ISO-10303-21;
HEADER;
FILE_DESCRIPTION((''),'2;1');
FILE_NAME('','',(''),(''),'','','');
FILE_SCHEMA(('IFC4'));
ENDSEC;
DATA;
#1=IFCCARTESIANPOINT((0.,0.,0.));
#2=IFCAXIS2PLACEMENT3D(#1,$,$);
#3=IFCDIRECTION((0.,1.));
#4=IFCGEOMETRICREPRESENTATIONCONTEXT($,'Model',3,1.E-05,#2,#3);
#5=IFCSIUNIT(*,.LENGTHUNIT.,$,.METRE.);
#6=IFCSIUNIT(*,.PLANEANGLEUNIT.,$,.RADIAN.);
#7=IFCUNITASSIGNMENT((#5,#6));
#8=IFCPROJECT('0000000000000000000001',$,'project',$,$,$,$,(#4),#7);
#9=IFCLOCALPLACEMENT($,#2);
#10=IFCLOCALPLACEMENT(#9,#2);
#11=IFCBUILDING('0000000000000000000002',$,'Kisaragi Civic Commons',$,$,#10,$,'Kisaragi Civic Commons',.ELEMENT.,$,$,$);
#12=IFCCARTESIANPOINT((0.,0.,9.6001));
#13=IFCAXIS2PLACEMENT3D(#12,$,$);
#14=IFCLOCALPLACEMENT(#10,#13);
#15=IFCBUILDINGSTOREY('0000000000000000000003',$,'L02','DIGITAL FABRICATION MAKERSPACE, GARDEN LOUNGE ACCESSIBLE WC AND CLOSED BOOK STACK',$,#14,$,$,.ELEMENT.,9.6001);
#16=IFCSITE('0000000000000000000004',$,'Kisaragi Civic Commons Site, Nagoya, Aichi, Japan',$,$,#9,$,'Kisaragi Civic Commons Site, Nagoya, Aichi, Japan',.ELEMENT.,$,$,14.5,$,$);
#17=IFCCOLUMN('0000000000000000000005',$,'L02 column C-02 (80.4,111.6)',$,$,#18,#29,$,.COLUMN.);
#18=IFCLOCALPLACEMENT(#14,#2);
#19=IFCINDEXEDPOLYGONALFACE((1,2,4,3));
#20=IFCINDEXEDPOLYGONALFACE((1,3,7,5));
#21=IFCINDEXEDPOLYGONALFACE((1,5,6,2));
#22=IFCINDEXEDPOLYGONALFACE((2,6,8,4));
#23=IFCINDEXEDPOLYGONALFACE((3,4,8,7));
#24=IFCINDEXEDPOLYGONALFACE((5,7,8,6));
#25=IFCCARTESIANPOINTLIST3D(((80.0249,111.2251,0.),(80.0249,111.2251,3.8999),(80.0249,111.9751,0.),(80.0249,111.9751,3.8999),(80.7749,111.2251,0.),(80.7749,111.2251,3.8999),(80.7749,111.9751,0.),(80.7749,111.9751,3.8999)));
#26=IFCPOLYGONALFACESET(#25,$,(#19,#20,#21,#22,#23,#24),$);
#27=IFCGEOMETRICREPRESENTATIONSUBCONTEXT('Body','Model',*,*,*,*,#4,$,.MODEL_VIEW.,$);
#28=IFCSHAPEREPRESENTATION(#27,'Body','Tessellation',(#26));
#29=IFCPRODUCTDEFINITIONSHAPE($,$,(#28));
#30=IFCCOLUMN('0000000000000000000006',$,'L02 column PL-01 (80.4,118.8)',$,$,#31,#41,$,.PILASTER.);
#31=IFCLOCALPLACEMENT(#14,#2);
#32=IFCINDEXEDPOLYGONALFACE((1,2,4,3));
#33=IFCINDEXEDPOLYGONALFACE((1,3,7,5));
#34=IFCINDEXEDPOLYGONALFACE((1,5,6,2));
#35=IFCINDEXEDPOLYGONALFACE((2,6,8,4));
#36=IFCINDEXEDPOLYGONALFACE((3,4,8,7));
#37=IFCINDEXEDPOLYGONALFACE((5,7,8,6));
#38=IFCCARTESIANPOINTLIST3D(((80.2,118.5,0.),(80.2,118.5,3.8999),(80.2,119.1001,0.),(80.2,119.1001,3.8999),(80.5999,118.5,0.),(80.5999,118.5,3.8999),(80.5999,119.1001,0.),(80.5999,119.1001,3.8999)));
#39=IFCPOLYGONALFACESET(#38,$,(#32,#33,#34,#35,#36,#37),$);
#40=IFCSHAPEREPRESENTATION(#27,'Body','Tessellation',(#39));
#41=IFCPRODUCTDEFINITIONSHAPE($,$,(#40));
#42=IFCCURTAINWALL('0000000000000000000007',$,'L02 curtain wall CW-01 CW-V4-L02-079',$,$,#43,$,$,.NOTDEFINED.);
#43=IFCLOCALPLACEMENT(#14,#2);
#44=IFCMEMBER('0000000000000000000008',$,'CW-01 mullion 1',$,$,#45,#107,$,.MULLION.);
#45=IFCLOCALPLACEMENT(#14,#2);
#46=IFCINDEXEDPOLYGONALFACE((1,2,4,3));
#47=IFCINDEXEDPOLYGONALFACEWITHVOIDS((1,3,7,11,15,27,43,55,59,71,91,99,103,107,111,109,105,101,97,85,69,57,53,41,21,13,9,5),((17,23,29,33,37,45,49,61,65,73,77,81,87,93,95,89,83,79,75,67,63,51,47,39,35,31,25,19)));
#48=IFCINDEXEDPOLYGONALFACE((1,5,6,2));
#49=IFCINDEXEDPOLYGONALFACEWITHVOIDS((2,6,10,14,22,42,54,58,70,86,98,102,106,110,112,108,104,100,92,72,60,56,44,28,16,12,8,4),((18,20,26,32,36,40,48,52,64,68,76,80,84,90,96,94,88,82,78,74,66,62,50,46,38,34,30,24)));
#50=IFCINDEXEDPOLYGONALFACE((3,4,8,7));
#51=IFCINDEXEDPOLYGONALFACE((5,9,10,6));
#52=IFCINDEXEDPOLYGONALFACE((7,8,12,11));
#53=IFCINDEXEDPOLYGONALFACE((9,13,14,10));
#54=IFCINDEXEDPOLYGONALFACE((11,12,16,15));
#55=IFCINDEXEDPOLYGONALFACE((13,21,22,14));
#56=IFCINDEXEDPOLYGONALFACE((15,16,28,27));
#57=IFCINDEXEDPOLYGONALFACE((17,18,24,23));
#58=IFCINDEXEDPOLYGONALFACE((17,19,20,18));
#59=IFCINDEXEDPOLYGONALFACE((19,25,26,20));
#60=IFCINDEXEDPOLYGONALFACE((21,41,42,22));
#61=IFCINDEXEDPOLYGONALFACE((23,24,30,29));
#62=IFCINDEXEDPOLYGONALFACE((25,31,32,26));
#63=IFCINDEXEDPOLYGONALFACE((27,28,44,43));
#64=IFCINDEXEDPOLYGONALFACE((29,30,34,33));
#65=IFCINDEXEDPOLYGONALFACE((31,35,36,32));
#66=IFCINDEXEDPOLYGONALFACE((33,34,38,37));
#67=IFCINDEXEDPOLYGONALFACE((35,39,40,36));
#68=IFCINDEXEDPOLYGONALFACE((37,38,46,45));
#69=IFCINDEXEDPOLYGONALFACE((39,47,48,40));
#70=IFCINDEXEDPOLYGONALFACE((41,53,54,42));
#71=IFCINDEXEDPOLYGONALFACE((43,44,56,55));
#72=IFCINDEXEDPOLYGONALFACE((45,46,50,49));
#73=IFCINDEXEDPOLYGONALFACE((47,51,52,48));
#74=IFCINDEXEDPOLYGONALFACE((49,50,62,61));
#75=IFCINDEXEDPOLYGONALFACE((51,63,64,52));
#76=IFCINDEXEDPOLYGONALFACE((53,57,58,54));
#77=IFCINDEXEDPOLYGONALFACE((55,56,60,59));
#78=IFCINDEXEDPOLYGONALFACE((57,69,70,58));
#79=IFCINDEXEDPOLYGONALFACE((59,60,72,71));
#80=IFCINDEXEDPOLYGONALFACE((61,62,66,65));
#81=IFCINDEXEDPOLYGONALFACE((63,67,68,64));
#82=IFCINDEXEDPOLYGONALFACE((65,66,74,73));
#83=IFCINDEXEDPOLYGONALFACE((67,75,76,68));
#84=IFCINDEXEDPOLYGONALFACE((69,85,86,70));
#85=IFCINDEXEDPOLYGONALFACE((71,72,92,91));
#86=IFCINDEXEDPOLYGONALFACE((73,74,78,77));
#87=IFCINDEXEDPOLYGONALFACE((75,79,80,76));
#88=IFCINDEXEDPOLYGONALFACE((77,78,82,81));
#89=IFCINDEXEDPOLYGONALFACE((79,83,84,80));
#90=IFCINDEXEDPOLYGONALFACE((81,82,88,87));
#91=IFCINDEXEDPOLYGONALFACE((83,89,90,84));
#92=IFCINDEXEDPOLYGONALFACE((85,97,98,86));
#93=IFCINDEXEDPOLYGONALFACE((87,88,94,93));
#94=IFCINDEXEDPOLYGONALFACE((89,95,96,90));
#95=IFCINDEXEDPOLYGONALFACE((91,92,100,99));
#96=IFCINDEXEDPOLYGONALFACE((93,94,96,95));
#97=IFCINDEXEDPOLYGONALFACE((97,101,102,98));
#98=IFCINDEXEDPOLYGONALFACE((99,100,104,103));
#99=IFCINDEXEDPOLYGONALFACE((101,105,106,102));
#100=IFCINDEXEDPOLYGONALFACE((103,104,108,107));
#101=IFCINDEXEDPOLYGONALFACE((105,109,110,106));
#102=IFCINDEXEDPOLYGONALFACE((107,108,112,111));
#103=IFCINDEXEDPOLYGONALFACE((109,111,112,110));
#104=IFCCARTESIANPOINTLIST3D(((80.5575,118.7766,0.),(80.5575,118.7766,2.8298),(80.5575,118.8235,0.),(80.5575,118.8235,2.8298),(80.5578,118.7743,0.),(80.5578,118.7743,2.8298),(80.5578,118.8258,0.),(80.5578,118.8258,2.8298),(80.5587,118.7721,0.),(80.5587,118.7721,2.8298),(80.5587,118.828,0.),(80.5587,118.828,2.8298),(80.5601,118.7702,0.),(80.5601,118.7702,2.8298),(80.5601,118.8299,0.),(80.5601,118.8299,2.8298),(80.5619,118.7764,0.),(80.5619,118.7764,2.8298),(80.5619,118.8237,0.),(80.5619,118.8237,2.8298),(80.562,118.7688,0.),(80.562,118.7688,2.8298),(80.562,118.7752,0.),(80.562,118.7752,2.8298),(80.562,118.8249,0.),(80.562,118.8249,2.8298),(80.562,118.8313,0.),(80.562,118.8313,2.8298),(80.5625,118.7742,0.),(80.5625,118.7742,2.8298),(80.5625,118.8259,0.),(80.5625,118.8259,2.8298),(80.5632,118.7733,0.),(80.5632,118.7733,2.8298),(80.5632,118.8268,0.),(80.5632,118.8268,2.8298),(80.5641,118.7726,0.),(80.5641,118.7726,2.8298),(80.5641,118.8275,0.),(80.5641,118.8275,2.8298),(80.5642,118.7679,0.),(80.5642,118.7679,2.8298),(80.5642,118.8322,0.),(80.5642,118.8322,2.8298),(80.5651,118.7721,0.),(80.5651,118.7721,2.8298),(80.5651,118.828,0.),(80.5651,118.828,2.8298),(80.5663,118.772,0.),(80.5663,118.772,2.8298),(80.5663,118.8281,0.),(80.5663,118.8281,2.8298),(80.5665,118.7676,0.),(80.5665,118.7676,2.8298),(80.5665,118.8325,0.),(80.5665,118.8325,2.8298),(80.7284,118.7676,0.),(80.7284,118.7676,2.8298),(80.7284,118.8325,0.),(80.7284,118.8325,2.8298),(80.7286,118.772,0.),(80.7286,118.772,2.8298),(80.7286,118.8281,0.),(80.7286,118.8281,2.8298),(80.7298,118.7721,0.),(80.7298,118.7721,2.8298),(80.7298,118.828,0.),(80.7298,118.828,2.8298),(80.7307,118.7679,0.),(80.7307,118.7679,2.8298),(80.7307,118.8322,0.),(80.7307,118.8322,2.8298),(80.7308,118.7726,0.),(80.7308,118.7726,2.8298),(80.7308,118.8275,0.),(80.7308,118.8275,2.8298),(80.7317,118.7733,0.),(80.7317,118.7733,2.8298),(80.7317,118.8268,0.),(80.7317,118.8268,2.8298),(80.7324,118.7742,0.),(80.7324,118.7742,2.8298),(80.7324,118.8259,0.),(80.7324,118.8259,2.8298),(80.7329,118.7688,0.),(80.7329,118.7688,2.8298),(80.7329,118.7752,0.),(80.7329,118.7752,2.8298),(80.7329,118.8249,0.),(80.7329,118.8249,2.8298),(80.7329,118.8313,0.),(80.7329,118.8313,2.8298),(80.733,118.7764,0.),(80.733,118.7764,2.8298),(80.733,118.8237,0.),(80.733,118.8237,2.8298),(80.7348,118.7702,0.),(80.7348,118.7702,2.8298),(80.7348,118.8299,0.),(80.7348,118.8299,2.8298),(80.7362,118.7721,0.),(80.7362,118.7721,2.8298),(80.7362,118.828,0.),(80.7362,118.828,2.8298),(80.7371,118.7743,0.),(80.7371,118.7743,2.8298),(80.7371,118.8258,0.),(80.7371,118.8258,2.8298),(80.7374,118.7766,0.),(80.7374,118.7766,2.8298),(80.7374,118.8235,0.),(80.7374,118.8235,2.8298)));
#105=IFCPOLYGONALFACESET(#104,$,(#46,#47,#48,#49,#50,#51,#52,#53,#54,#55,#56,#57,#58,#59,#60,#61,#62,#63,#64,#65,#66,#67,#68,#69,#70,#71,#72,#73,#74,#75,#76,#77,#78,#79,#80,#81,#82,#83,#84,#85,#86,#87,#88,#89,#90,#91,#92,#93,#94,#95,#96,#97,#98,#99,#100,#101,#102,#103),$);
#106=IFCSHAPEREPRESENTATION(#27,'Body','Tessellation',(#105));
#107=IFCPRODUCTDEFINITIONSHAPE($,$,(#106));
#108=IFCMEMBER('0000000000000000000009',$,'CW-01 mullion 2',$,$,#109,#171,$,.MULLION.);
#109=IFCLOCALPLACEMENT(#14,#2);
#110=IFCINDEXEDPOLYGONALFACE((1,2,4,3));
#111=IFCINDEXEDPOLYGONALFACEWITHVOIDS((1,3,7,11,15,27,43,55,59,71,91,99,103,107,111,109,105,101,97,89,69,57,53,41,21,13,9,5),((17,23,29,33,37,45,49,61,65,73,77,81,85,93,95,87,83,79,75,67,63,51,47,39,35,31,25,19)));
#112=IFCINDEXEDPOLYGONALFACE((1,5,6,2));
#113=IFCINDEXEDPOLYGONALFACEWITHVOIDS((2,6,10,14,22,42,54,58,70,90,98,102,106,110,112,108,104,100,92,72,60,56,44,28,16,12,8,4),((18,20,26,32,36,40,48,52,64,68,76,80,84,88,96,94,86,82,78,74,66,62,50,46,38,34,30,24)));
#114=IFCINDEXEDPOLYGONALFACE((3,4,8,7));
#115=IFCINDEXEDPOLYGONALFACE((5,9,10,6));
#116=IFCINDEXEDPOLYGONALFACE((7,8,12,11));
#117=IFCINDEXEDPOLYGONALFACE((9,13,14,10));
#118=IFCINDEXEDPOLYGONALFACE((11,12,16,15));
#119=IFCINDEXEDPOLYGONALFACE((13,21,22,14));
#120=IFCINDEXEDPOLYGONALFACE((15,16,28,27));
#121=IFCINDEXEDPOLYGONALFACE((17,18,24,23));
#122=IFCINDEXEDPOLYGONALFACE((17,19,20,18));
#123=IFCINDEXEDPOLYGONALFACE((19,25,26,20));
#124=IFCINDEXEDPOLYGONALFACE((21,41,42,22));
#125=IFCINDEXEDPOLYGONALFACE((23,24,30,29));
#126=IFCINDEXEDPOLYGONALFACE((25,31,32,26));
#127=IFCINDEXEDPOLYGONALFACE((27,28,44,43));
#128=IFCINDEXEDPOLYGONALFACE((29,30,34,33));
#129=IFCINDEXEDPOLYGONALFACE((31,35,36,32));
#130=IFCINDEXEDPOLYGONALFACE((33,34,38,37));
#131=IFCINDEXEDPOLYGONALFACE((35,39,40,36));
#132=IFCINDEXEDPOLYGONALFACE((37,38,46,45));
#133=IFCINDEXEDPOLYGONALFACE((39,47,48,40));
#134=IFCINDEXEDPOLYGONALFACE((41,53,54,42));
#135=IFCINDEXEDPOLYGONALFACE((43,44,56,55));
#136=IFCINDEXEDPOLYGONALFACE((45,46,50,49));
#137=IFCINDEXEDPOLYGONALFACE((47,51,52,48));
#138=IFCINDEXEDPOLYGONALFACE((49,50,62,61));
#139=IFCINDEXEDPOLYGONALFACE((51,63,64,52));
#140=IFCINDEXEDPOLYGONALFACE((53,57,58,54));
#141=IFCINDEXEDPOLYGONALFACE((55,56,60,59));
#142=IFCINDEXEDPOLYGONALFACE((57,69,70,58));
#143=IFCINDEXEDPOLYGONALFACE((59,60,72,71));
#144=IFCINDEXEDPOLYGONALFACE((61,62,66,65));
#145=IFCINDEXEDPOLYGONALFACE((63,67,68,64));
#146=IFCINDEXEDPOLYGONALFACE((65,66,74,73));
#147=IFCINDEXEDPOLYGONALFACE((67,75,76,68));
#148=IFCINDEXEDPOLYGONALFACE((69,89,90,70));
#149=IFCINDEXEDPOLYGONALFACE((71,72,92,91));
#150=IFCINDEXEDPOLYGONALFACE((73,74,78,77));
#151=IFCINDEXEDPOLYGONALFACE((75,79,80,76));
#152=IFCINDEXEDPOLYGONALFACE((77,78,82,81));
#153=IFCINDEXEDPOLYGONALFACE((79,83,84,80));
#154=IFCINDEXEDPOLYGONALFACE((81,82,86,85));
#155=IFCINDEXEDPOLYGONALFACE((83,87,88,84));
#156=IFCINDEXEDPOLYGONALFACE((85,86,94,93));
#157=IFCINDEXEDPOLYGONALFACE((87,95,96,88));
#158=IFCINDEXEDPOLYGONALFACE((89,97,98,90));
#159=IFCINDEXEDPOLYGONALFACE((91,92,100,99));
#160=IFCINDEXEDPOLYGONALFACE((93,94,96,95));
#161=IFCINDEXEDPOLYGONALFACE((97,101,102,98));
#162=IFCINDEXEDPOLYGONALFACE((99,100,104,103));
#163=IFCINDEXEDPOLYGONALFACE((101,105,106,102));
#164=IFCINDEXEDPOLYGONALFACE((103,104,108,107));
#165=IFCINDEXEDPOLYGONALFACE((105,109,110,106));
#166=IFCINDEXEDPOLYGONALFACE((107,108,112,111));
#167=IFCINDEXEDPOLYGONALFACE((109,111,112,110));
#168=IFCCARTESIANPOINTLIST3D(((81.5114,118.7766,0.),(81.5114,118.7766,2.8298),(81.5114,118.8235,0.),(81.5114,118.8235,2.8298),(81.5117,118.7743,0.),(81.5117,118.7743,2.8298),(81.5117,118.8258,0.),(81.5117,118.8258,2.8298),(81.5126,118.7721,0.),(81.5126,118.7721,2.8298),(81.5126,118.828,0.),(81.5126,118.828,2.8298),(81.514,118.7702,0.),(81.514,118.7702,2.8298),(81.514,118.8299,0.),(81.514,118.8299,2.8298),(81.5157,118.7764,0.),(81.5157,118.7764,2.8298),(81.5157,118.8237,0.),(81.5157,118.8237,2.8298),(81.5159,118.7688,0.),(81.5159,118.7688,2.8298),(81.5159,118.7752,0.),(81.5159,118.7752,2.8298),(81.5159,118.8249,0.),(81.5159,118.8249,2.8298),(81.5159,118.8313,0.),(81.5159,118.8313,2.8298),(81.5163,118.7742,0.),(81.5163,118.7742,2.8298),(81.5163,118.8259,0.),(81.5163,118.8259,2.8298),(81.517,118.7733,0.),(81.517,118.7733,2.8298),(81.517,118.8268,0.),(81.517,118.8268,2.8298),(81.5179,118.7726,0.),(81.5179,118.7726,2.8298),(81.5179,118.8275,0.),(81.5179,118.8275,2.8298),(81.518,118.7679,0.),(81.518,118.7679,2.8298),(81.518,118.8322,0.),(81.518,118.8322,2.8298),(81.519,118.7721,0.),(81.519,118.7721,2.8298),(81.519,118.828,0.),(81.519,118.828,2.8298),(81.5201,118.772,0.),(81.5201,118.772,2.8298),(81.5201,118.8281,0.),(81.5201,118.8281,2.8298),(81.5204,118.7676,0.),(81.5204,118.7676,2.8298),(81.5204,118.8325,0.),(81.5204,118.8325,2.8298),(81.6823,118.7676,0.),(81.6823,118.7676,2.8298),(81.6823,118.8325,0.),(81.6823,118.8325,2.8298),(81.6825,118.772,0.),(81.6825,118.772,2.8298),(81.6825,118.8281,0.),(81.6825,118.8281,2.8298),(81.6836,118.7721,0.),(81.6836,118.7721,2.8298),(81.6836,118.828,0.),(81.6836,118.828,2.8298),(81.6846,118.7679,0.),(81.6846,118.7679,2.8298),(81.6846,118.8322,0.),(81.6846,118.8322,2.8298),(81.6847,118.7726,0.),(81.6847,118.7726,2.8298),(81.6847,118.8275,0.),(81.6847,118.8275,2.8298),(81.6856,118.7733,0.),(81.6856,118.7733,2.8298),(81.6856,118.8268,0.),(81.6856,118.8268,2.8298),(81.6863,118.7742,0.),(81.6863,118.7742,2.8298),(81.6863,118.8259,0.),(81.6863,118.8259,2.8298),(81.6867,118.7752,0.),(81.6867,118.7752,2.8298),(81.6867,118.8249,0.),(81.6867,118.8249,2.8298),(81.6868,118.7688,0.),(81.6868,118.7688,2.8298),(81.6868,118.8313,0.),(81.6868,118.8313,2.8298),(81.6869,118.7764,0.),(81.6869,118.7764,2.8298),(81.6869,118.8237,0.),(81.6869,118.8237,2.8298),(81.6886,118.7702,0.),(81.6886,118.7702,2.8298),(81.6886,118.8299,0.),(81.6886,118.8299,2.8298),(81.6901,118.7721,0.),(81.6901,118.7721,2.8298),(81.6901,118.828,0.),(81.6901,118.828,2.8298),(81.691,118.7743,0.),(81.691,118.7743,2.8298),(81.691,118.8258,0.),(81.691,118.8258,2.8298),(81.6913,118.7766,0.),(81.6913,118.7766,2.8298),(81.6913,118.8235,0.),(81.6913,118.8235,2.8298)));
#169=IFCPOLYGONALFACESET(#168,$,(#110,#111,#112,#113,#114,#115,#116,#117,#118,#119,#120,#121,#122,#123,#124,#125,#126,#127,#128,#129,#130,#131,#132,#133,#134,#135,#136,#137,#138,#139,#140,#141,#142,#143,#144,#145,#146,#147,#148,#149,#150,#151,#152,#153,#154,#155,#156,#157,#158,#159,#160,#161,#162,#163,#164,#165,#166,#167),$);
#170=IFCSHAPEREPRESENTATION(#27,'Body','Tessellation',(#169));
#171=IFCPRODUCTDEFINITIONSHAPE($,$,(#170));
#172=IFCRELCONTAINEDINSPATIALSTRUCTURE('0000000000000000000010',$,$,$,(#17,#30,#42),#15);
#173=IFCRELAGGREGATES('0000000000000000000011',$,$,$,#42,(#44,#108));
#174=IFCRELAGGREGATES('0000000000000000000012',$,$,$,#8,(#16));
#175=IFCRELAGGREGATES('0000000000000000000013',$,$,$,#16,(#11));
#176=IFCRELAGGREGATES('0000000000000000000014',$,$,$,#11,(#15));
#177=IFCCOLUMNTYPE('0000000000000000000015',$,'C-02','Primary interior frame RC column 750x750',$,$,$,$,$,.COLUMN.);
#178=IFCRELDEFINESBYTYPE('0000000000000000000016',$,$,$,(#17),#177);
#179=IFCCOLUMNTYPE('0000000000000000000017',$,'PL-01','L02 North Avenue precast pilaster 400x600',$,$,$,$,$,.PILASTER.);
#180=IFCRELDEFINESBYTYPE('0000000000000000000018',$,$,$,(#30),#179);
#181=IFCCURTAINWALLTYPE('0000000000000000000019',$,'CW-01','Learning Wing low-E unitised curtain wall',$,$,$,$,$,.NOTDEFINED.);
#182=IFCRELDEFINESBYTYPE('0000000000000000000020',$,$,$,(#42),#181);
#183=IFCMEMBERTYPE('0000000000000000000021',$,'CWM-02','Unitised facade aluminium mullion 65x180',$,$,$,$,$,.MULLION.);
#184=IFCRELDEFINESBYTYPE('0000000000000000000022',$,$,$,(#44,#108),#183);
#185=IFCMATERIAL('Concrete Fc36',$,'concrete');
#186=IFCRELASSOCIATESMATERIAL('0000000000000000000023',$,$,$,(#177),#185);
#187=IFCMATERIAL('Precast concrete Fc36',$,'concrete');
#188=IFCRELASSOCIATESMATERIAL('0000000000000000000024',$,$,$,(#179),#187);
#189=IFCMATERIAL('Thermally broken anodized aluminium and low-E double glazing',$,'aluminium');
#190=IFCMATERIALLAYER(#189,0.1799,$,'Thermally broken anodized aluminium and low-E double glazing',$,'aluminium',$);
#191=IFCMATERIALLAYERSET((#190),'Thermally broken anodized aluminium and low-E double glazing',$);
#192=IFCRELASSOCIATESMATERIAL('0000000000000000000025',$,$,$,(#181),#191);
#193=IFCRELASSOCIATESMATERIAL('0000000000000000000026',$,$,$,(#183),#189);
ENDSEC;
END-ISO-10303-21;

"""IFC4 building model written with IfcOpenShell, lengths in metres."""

from ifc_helpers import new_model, si_unit, direction, frame, origin, origin_2d, place, context, subcontext, project, spatial, rectangle, hollow_rectangle, extrude, material, layer, layer_set, material_profile, profile_set, type_object, element, aggregate, save


model = new_model("IFC4")

# Units and contexts
model_context = context("Model", 3, precision=1e-05, world=origin(), true_north=direction((0.0, 1.0)))
body_context = subcontext(model_context, "Body", "Model", "MODEL_VIEW")
ifc_project = project(units=[si_unit("LENGTHUNIT", "METRE"), si_unit("PLANEANGLEUNIT", "RADIAN")], contexts=[model_context])

# Site, building, storey
site_placement = place(None, origin())
site = spatial("IfcSite", under=ifc_project, at=site_placement, Name="Kisaragi Civic Commons Site, Nagoya, Aichi, Japan", LongName="Kisaragi Civic Commons Site, Nagoya, Aichi, Japan", CompositionType="ELEMENT", RefElevation=14.5)
building_placement = place(site_placement, origin())
building = spatial("IfcBuilding", under=site, at=building_placement, Name="Kisaragi Civic Commons", LongName="Kisaragi Civic Commons", CompositionType="ELEMENT")
storey_placement = place(building_placement, frame((0.0, 0.0, 9.6001)))
storey = spatial("IfcBuildingStorey", under=building, at=storey_placement, Name="L02", Description="DIGITAL FABRICATION MAKERSPACE, GARDEN LOUNGE ACCESSIBLE WC AND CLOSED BOOK STACK", CompositionType="ELEMENT", Elevation=9.6001)

# Columns
ifc_material_1 = material(Name="Concrete Fc36", Category="concrete")
ifc_material_profile_1 = material_profile(ifc_material_1, rectangle(XDim=0.75, YDim=0.75, at=origin_2d()), Name="RC-750x750", Category="concrete")
ifc_profile_set_1 = profile_set([ifc_material_profile_1], Name="Concrete Fc36")
column_type_1 = type_object("IfcColumnType", Name="C-02", Description="Primary interior frame RC column 750x750", PredefinedType="COLUMN", material=ifc_profile_set_1)
column_1_placement = place(storey_placement, frame((80.3999, 111.6001, 0.0), z_axis=(0.0, 0.0, 1.0), x_axis=(1.0, 0.0, 0.0)))
element("IfcColumn", 1, at=column_1_placement, inside=storey, type_object=column_type_1, Name="L02 column C-02 (80.4,111.6)", PredefinedType="COLUMN", context=body_context, shape_type="SweptSolid", body=[
    extrude(rectangle(XDim=0.75, YDim=0.75, at=origin_2d()), origin(), (0.0, 0.0, 1.0), 3.8999),
])
ifc_material_2 = material(Name="Precast concrete Fc36", Category="concrete")
ifc_material_profile_2 = material_profile(ifc_material_2, rectangle(XDim=0.3999, YDim=0.6001, at=origin_2d()), Name="RC-400x600", Category="concrete")
ifc_profile_set_2 = profile_set([ifc_material_profile_2], Name="Precast concrete Fc36")
column_type_2 = type_object("IfcColumnType", Name="PL-01", Description="L02 North Avenue precast pilaster 400x600", PredefinedType="PILASTER", material=ifc_profile_set_2)
column_2_placement = place(storey_placement, frame((80.3999, 118.8, 0.0), z_axis=(0.0, 0.0, 1.0), x_axis=(1.0, 0.0, 0.0)))
element("IfcColumn", 2, at=column_2_placement, inside=storey, type_object=column_type_2, Name="L02 column PL-01 (80.4,118.8)", PredefinedType="PILASTER", context=body_context, shape_type="SweptSolid", body=[
    extrude(rectangle(XDim=0.3999, YDim=0.6001, at=origin_2d()), origin(), (0.0, 0.0, 1.0), 3.8999),
])

# Curtain wall, members
ifc_material_3 = material(Name="Thermally broken anodized aluminium and low-E double glazing", Category="aluminium")
ifc_layer_1 = layer(ifc_material_3, 0.1799, Name="Thermally broken anodized aluminium and low-E double glazing", Category="aluminium")
ifc_layer_set_1 = layer_set([ifc_layer_1], Name="Thermally broken anodized aluminium and low-E double glazing")
curtain_wall_type = type_object("IfcCurtainWallType", Name="CW-01", Description="Learning Wing low-E unitised curtain wall", PredefinedType="NOTDEFINED", material=ifc_layer_set_1)
curtain_wall_placement = place(storey_placement, origin())
curtain_wall = element("IfcCurtainWall", 3, at=curtain_wall_placement, inside=storey, type_object=curtain_wall_type, Name="L02 curtain wall CW-01 CW-V4-L02-079", PredefinedType="NOTDEFINED")
ifc_material_profile_3 = material_profile(ifc_material_3, hollow_rectangle(XDim=0.0649, YDim=0.1799, WallThickness=0.0044, InnerFilletRadius=0.0044, OuterFilletRadius=0.009, at=origin_2d()), Name="CWM-65x180x4.5", Category="aluminium")
ifc_profile_set_3 = profile_set([ifc_material_profile_3], Name="Thermally broken anodized aluminium and low-E double glazing")
member_type_1 = type_object("IfcMemberType", Name="CWM-02", Description="Unitised facade aluminium mullion 65x180", PredefinedType="MULLION", material=ifc_profile_set_3)
member_1_placement = place(storey_placement, frame((80.6475, 118.8, 0.0), z_axis=(0.0, 0.0, 1.0), x_axis=(0.0, 1.0, 0.0)))
member_1 = element("IfcMember", 4, at=member_1_placement, type_object=member_type_1, Name="CW-01 mullion 1", PredefinedType="MULLION", context=body_context, shape_type="SweptSolid", body=[
    extrude(hollow_rectangle(XDim=0.0649, YDim=0.1799, WallThickness=0.0044, InnerFilletRadius=0.0044, OuterFilletRadius=0.009, at=origin_2d()), origin(), (0.0, 0.0, 1.0), 2.8298),
])
member_2_placement = place(storey_placement, frame((81.6013, 118.8, 0.0), z_axis=(0.0, 0.0, 1.0), x_axis=(0.0, 1.0, 0.0)))
member_2 = element("IfcMember", 5, at=member_2_placement, type_object=member_type_1, Name="CW-01 mullion 2", PredefinedType="MULLION", context=body_context, shape_type="SweptSolid", body=[
    extrude(hollow_rectangle(XDim=0.0649, YDim=0.1799, WallThickness=0.0044, InnerFilletRadius=0.0044, OuterFilletRadius=0.009, at=origin_2d()), origin(), (0.0, 0.0, 1.0), 2.8298),
])
aggregate(curtain_wall, [member_1, member_2])

save(model, "model.ifc")
